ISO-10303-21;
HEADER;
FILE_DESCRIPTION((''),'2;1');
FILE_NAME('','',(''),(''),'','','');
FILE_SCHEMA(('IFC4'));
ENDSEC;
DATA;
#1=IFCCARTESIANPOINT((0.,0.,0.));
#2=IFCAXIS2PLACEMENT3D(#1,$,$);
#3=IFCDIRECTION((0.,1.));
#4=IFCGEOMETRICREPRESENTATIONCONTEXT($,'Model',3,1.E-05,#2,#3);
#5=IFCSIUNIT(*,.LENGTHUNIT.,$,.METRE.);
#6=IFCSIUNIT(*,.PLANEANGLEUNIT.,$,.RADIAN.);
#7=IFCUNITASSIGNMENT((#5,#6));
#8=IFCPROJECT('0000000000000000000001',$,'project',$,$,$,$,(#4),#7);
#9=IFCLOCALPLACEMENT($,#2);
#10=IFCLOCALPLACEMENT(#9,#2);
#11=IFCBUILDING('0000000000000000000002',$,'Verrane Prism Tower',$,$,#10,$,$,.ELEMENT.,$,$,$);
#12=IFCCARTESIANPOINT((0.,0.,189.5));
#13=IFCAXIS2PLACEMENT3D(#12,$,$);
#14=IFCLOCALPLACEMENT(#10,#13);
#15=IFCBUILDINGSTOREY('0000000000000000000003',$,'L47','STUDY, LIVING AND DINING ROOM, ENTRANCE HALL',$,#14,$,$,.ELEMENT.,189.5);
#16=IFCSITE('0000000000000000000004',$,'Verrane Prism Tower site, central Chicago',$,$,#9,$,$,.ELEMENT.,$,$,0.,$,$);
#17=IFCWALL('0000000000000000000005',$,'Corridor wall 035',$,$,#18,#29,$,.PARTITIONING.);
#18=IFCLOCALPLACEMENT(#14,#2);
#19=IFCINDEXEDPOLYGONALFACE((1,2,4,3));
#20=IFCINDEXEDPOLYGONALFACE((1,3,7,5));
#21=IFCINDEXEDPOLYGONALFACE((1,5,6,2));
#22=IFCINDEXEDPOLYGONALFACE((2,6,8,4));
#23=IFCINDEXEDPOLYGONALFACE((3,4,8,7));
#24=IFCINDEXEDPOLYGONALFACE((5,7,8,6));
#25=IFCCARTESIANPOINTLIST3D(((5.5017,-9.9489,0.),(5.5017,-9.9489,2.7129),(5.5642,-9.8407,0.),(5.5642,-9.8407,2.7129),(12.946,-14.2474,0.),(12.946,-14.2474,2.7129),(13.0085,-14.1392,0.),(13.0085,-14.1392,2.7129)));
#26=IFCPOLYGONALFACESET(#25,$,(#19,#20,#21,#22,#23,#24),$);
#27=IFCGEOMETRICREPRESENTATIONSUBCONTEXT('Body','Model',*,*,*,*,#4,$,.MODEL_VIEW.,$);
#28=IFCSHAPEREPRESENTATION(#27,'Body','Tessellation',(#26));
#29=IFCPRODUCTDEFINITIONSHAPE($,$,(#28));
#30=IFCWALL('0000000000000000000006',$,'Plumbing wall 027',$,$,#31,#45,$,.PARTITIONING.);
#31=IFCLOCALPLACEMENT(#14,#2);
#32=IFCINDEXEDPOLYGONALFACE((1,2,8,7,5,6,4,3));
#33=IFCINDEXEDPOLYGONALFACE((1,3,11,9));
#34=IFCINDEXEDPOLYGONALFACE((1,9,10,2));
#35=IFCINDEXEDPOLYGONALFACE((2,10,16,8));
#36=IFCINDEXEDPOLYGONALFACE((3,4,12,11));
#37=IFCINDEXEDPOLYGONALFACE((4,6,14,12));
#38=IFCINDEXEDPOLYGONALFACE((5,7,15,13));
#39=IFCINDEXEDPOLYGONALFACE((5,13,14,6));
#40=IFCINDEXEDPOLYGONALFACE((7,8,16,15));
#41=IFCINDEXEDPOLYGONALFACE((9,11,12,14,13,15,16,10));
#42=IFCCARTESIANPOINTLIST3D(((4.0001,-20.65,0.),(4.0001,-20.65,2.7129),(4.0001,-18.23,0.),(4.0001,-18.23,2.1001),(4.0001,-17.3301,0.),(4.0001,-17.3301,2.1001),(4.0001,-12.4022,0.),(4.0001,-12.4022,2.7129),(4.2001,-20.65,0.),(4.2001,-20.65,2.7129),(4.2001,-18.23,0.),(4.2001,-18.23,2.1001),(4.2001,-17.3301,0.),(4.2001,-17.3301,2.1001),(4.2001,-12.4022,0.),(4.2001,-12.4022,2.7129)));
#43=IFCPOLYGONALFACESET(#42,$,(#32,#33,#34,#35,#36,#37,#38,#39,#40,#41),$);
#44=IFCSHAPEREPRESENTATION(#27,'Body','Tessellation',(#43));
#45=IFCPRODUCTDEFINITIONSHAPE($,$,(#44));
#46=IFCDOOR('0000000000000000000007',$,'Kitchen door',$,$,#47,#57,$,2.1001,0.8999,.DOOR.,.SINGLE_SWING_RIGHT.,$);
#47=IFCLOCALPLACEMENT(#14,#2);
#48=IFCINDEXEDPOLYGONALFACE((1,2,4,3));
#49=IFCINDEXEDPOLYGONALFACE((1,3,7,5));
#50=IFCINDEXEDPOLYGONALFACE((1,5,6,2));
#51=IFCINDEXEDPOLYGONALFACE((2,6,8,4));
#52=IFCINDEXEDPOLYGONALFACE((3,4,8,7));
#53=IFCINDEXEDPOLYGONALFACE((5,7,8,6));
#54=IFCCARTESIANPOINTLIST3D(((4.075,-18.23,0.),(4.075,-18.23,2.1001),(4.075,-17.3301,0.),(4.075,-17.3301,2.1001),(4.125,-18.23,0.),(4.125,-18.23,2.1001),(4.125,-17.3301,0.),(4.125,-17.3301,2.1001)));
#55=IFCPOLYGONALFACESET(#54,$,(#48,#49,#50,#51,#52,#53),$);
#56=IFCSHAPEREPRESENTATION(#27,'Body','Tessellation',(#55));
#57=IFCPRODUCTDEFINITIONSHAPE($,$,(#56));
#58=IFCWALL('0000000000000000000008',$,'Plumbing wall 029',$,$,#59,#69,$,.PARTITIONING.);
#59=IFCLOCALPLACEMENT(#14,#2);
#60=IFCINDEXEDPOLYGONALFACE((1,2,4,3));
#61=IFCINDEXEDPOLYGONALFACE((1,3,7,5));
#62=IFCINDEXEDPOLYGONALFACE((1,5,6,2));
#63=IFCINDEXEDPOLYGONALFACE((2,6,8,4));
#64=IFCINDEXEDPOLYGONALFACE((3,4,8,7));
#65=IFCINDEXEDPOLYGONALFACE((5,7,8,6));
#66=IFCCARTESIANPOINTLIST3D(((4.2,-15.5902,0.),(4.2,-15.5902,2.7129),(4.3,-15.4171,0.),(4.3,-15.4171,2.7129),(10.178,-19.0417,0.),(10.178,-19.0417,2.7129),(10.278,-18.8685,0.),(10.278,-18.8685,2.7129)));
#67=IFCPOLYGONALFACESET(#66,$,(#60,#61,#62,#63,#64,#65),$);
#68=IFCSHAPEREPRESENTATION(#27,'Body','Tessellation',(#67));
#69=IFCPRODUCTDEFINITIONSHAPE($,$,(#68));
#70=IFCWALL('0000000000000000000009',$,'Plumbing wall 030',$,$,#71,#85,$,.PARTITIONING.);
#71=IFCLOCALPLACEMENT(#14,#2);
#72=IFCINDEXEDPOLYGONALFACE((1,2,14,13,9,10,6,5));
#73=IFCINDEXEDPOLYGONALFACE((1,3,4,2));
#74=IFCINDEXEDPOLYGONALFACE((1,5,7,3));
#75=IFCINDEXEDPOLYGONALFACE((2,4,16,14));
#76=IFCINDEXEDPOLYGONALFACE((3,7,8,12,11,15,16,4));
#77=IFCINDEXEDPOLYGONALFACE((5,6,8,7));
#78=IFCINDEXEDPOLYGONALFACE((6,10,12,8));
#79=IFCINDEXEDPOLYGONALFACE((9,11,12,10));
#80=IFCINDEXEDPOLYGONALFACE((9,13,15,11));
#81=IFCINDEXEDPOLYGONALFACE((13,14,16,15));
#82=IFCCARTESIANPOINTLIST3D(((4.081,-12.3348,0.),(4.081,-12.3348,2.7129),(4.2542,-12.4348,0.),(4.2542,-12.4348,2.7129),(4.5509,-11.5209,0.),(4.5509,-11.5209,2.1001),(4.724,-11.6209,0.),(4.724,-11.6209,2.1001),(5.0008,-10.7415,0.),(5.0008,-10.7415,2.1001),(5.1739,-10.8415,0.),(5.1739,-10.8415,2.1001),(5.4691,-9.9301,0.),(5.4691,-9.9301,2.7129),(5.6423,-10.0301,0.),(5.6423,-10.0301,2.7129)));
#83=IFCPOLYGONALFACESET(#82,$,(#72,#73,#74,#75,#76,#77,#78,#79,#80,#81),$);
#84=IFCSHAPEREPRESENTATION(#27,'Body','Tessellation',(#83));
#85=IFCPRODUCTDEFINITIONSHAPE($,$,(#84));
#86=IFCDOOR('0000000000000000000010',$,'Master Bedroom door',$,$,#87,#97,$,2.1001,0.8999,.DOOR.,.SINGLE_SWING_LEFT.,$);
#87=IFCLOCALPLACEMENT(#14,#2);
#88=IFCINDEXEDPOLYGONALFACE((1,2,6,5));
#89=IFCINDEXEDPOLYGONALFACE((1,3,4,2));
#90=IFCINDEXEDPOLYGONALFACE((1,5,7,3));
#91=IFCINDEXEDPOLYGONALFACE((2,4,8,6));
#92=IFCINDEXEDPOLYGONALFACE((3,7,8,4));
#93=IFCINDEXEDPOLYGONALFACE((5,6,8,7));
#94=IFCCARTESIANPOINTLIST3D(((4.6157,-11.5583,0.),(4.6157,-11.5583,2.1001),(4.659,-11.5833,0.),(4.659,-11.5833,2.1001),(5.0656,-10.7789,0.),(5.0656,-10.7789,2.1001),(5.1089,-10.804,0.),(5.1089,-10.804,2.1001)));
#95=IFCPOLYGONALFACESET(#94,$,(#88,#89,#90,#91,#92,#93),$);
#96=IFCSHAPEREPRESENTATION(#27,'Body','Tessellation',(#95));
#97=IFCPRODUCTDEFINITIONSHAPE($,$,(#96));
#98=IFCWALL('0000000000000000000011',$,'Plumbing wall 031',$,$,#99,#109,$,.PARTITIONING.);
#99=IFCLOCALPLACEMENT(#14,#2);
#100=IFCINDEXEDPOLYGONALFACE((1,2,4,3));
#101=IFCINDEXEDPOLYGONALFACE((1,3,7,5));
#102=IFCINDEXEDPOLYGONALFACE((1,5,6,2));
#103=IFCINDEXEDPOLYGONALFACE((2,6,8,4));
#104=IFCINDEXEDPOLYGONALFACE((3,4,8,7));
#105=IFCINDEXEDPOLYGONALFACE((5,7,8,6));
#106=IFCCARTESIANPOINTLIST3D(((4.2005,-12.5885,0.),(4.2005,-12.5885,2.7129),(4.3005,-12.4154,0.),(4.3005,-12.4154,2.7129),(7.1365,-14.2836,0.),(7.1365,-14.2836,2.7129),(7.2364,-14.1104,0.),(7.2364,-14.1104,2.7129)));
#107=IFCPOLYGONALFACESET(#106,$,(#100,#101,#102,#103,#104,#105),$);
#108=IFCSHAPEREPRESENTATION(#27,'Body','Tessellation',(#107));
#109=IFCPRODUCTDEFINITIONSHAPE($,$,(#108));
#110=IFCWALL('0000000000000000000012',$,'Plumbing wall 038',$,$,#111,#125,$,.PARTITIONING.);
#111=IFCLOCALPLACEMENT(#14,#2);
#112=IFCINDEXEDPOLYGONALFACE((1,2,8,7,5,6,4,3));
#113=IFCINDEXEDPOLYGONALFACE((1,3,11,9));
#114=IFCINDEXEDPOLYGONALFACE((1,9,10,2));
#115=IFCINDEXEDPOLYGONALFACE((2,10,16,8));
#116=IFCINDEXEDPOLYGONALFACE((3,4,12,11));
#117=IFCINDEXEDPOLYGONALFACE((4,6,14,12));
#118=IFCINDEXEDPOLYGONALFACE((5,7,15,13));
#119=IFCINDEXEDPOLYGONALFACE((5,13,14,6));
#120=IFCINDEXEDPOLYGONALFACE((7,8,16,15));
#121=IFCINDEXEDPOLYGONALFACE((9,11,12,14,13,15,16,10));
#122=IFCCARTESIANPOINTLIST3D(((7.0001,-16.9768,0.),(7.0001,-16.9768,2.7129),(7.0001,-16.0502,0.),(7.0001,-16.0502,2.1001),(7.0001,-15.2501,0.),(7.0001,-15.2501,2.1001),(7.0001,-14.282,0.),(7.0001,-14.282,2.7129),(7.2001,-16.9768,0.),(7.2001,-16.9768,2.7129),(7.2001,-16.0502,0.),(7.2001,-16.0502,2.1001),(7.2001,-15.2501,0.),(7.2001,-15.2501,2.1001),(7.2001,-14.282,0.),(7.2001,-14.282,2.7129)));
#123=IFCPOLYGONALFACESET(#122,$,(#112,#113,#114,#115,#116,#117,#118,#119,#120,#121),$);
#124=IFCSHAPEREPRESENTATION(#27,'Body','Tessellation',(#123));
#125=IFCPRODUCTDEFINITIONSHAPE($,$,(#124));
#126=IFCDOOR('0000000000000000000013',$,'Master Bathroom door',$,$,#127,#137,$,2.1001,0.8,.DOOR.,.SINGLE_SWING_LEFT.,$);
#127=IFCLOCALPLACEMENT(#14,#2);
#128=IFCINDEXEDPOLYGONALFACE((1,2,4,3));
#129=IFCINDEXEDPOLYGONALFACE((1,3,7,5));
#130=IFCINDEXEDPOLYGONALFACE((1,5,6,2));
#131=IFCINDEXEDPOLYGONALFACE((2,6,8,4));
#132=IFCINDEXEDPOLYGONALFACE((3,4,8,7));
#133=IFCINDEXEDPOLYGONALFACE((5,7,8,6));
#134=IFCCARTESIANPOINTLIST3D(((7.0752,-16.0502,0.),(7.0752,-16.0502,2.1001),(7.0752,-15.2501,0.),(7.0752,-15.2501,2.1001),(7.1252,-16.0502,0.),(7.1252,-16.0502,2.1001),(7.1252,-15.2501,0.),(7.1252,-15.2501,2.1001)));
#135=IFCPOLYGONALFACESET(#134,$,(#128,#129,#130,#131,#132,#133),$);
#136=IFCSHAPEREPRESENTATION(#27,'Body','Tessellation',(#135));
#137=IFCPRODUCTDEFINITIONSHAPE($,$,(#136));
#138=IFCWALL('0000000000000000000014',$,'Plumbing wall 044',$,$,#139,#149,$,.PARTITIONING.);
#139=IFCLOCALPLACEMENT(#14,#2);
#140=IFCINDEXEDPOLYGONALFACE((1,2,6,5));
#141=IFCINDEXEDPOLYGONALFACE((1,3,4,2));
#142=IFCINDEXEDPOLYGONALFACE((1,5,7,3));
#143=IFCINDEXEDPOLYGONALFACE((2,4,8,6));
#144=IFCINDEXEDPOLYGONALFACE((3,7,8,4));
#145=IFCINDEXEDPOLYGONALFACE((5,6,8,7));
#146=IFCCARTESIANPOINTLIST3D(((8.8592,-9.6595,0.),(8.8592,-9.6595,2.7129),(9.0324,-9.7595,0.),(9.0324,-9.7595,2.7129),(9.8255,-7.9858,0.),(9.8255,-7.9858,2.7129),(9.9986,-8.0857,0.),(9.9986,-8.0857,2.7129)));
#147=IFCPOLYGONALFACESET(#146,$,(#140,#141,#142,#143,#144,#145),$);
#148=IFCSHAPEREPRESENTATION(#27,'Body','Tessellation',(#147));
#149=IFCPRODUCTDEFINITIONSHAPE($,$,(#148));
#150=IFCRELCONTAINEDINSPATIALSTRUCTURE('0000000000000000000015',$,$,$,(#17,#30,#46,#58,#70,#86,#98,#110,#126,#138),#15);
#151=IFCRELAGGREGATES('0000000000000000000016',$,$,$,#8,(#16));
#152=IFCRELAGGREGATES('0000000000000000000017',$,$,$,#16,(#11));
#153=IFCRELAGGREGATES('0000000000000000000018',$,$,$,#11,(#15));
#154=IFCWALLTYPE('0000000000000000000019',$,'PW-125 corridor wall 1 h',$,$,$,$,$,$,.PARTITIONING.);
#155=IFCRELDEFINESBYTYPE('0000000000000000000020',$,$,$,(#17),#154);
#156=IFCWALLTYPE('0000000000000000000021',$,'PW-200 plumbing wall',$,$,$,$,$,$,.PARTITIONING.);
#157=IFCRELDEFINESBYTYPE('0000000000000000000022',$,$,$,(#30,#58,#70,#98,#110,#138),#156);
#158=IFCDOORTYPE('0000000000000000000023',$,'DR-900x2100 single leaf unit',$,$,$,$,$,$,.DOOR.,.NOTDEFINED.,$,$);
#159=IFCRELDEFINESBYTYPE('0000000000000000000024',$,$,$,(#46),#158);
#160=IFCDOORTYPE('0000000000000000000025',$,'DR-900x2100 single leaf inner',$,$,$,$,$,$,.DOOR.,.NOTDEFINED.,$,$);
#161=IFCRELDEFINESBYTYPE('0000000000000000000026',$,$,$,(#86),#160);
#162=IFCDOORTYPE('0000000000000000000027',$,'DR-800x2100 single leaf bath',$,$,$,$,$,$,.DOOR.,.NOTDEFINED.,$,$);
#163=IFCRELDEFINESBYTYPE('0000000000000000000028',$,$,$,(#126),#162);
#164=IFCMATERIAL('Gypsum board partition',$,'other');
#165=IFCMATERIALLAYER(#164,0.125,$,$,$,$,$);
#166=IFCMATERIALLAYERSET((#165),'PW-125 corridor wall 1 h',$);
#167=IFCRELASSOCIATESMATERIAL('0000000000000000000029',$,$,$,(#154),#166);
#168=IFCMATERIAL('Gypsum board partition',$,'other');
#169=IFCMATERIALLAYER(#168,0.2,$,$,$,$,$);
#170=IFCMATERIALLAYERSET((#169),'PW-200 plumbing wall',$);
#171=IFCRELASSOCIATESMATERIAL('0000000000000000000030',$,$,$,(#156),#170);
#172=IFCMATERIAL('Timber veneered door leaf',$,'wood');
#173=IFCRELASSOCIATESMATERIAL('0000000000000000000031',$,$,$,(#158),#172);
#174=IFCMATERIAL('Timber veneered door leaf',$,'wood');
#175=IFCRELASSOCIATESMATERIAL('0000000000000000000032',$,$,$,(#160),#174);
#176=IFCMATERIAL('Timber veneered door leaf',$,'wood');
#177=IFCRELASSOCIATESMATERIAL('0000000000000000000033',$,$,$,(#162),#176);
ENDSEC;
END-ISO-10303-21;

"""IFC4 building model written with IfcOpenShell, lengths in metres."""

from ifc_helpers import new_model, si_unit, direction, frame, frame_2d, origin, place, context, subcontext, project, spatial, rectangle, extrude, material, layer, layer_set, type_object, element, fill, save


model = new_model("IFC4")

# Units and contexts
model_context = context("Model", 3, precision=1e-05, world=origin(), true_north=direction((0.0, 1.0)))
body_context = subcontext(model_context, "Body", "Model", "MODEL_VIEW")
ifc_project = project(units=[si_unit("LENGTHUNIT", "METRE"), si_unit("PLANEANGLEUNIT", "RADIAN")], contexts=[model_context])

# Site, building, storey
site_placement = place(None, origin())
site = spatial("IfcSite", under=ifc_project, at=site_placement, Name="Verrane Prism Tower site, central Chicago", CompositionType="ELEMENT", RefElevation=0.0)
building_placement = place(site_placement, origin())
building = spatial("IfcBuilding", under=site, at=building_placement, Name="Verrane Prism Tower", CompositionType="ELEMENT")
storey_placement = place(building_placement, frame((0.0, 0.0, 189.5)))
storey = spatial("IfcBuildingStorey", under=building, at=storey_placement, Name="L47", Description="STUDY, LIVING AND DINING ROOM, ENTRANCE HALL", CompositionType="ELEMENT", Elevation=189.5)

# Shared definitions
ifc_material_1 = material(Name="Gypsum board partition", Category="other")
ifc_layer_1 = layer(ifc_material_1, 0.125)
ifc_layer_set_1 = layer_set([ifc_layer_1], Name="PW-125 corridor wall 1 h")
wall_type_1 = type_object("IfcWallType", Name="PW-125 corridor wall 1 h", PredefinedType="PARTITIONING", material=ifc_layer_set_1)

# Wall
wall_1_placement = place(storey_placement, frame((5.533, -9.8948, 0.0), z_axis=(0.0, 0.0, 1.0), x_axis=(0.865995, -0.500052, 0.0)))
element("IfcWall", 1, at=wall_1_placement, inside=storey, type_object=wall_type_1, Name="Corridor wall 035", PredefinedType="PARTITIONING", context=body_context, shape_type="SweptSolid", body=[
    extrude(rectangle(XDim=8.5962, YDim=0.125, at=frame_2d((4.2981, 0.0))), origin(), (0.0, 0.0, 1.0), 2.7129),
])

# Wall, opening, door
ifc_material_2 = material(Name="Gypsum board partition", Category="other")
ifc_layer_2 = layer(ifc_material_2, 0.2)
ifc_layer_set_2 = layer_set([ifc_layer_2], Name="PW-200 plumbing wall")
wall_type_2 = type_object("IfcWallType", Name="PW-200 plumbing wall", PredefinedType="PARTITIONING", material=ifc_layer_set_2)
wall_2_placement = place(storey_placement, frame((4.1001, -12.4021, 0.0), z_axis=(0.0, 0.0, 1.0), x_axis=(0.0, -1.0, 0.0)))
wall_2 = element("IfcWall", 2, at=wall_2_placement, inside=storey, type_object=wall_type_2, Name="Plumbing wall 027", PredefinedType="PARTITIONING", context=body_context, shape_type="SweptSolid", body=[
    extrude(rectangle(XDim=8.2478, YDim=0.2, at=frame_2d((4.124, 0.0))), origin(), (0.0, 0.0, 1.0), 2.7129),
])
opening_1_placement = place(wall_2_placement, frame((4.928, 0.0, 0.0)))
opening_1 = element("IfcOpeningElement", 3, at=opening_1_placement, cuts=wall_2, PredefinedType="OPENING", context=body_context, shape_type="SweptSolid", body=[
    extrude(rectangle(XDim=0.8999, YDim=2.1001, at=frame_2d((0.45, 1.05))), frame((0.0, 0.1099, 0.0), z_axis=(0.0, -1.0, 0.0), x_axis=(1.0, 0.0, 0.0)), (0.0, 0.0, 1.0), 0.22),
])
ifc_material_3 = material(Name="Timber veneered door leaf", Category="wood")
door_type_1 = type_object("IfcDoorType", Name="DR-900x2100 single leaf unit", OperationType="NOTDEFINED", PredefinedType="DOOR", material=ifc_material_3)
door_1_placement = place(opening_1_placement, origin())
door_1 = element("IfcDoor", 4, at=door_1_placement, inside=storey, type_object=door_type_1, Name="Kitchen door", OperationType="SINGLE_SWING_RIGHT", OverallHeight=2.1001, OverallWidth=0.8999, PredefinedType="DOOR", context=body_context, shape_type="SweptSolid", body=[
    extrude(rectangle(XDim=0.8999, YDim=2.1001, at=frame_2d((0.45, 1.05))), frame((0.0, 0.0249, 0.0), z_axis=(0.0, -1.0, 0.0), x_axis=(1.0, 0.0, 0.0)), (0.0, 0.0, 1.0), 0.05),
])
fill(opening_1, door_1)

# Wall
wall_3_placement = place(storey_placement, frame((4.25, -15.5037, 0.0), z_axis=(0.0, 0.0, 1.0), x_axis=(0.866025, -0.5, 0.0)))
element("IfcWall", 5, at=wall_3_placement, inside=storey, type_object=wall_type_2, Name="Plumbing wall 029", PredefinedType="PARTITIONING", context=body_context, shape_type="SweptSolid", body=[
    extrude(rectangle(XDim=6.9028, YDim=0.2, at=frame_2d((3.4514, 0.0))), origin(), (0.0, 0.0, 1.0), 2.7129),
])

# Wall, opening, door
wall_4_placement = place(storey_placement, frame((5.5557, -9.9802, 0.0), z_axis=(0.0, 0.0, 1.0), x_axis=(-0.499941, -0.86606, 0.0)))
wall_4 = element("IfcWall", 6, at=wall_4_placement, inside=storey, type_object=wall_type_2, Name="Plumbing wall 030", PredefinedType="PARTITIONING", context=body_context, shape_type="SweptSolid", body=[
    extrude(rectangle(XDim=2.7766, YDim=0.2, at=frame_2d((1.3882, 0.0))), origin(), (0.0, 0.0, 1.0), 2.7129),
])
opening_2_placement = place(wall_4_placement, frame((0.9368, 0.0, 0.0)))
opening_2 = element("IfcOpeningElement", 7, at=opening_2_placement, cuts=wall_4, PredefinedType="OPENING", context=body_context, shape_type="SweptSolid", body=[
    extrude(rectangle(XDim=0.8999, YDim=2.1001, at=frame_2d((0.45, 1.05))), frame((0.0, 0.1099, 0.0), z_axis=(0.0, -1.0, 0.0), x_axis=(1.0, 0.0, 0.0)), (0.0, 0.0, 1.0), 0.22),
])
ifc_material_4 = material(Name="Timber veneered door leaf", Category="wood")
door_type_2 = type_object("IfcDoorType", Name="DR-900x2100 single leaf inner", OperationType="NOTDEFINED", PredefinedType="DOOR", material=ifc_material_4)
door_2_placement = place(opening_2_placement, origin())
door_2 = element("IfcDoor", 8, at=door_2_placement, inside=storey, type_object=door_type_2, Name="Master Bedroom door", OperationType="SINGLE_SWING_LEFT", OverallHeight=2.1001, OverallWidth=0.8999, PredefinedType="DOOR", context=body_context, shape_type="SweptSolid", body=[
    extrude(rectangle(XDim=0.8999, YDim=2.1001, at=frame_2d((0.45, 1.05))), frame((0.0, 0.0249, 0.0), z_axis=(0.0, -1.0, 0.0), x_axis=(1.0, 0.0, 0.0)), (0.0, 0.0, 1.0), 0.05),
])
fill(opening_2, door_2)

# Wall
wall_5_placement = place(storey_placement, frame((4.2505, -12.502, 0.0), z_axis=(0.0, 0.0, 1.0), x_axis=(0.866032, -0.499988, 0.0)))
element("IfcWall", 9, at=wall_5_placement, inside=storey, type_object=wall_type_2, Name="Plumbing wall 031", PredefinedType="PARTITIONING", context=body_context, shape_type="SweptSolid", body=[
    extrude(rectangle(XDim=3.3901, YDim=0.2, at=frame_2d((1.6951, 0.0))), origin(), (0.0, 0.0, 1.0), 2.7129),
])

# Wall, opening, door
wall_6_placement = place(storey_placement, frame((7.1001, -16.9768, 0.0), z_axis=(0.0, 0.0, 1.0), x_axis=(0.0, 1.0, 0.0)))
wall_6 = element("IfcWall", 10, at=wall_6_placement, inside=storey, type_object=wall_type_2, Name="Plumbing wall 038", PredefinedType="PARTITIONING", context=body_context, shape_type="SweptSolid", body=[
    extrude(rectangle(XDim=2.6948, YDim=0.2, at=frame_2d((1.3474, 0.0))), origin(), (0.0, 0.0, 1.0), 2.7129),
])
opening_3_placement = place(wall_6_placement, frame((0.9268, 0.0, 0.0)))
opening_3 = element("IfcOpeningElement", 11, at=opening_3_placement, cuts=wall_6, PredefinedType="OPENING", context=body_context, shape_type="SweptSolid", body=[
    extrude(rectangle(XDim=0.8, YDim=2.1001, at=frame_2d((0.3999, 1.05))), frame((0.0, 0.1099, 0.0), z_axis=(0.0, -1.0, 0.0), x_axis=(1.0, 0.0, 0.0)), (0.0, 0.0, 1.0), 0.22),
])
ifc_material_5 = material(Name="Timber veneered door leaf", Category="wood")
door_type_3 = type_object("IfcDoorType", Name="DR-800x2100 single leaf bath", OperationType="NOTDEFINED", PredefinedType="DOOR", material=ifc_material_5)
door_3_placement = place(opening_3_placement, origin())
door_3 = element("IfcDoor", 12, at=door_3_placement, inside=storey, type_object=door_type_3, Name="Master Bathroom door", OperationType="SINGLE_SWING_LEFT", OverallHeight=2.1001, OverallWidth=0.8, PredefinedType="DOOR", context=body_context, shape_type="SweptSolid", body=[
    extrude(rectangle(XDim=0.8, YDim=2.1001, at=frame_2d((0.3999, 1.05))), frame((0.0, 0.0249, 0.0), z_axis=(0.0, -1.0, 0.0), x_axis=(1.0, 0.0, 0.0)), (0.0, 0.0, 1.0), 0.05),
])
fill(opening_3, door_3)

# Wall
wall_7_placement = place(storey_placement, frame((8.9458, -9.7095, 0.0), z_axis=(0.0, 0.0, 1.0), x_axis=(0.49997, 0.866043, 0.0)))
element("IfcWall", 13, at=wall_7_placement, inside=storey, type_object=wall_type_2, Name="Plumbing wall 044", PredefinedType="PARTITIONING", context=body_context, shape_type="SweptSolid", body=[
    extrude(rectangle(XDim=1.9326, YDim=0.2, at=frame_2d((0.9663, 0.0))), origin(), (0.0, 0.0, 1.0), 2.7129),
])

save(model, "model.ifc")
